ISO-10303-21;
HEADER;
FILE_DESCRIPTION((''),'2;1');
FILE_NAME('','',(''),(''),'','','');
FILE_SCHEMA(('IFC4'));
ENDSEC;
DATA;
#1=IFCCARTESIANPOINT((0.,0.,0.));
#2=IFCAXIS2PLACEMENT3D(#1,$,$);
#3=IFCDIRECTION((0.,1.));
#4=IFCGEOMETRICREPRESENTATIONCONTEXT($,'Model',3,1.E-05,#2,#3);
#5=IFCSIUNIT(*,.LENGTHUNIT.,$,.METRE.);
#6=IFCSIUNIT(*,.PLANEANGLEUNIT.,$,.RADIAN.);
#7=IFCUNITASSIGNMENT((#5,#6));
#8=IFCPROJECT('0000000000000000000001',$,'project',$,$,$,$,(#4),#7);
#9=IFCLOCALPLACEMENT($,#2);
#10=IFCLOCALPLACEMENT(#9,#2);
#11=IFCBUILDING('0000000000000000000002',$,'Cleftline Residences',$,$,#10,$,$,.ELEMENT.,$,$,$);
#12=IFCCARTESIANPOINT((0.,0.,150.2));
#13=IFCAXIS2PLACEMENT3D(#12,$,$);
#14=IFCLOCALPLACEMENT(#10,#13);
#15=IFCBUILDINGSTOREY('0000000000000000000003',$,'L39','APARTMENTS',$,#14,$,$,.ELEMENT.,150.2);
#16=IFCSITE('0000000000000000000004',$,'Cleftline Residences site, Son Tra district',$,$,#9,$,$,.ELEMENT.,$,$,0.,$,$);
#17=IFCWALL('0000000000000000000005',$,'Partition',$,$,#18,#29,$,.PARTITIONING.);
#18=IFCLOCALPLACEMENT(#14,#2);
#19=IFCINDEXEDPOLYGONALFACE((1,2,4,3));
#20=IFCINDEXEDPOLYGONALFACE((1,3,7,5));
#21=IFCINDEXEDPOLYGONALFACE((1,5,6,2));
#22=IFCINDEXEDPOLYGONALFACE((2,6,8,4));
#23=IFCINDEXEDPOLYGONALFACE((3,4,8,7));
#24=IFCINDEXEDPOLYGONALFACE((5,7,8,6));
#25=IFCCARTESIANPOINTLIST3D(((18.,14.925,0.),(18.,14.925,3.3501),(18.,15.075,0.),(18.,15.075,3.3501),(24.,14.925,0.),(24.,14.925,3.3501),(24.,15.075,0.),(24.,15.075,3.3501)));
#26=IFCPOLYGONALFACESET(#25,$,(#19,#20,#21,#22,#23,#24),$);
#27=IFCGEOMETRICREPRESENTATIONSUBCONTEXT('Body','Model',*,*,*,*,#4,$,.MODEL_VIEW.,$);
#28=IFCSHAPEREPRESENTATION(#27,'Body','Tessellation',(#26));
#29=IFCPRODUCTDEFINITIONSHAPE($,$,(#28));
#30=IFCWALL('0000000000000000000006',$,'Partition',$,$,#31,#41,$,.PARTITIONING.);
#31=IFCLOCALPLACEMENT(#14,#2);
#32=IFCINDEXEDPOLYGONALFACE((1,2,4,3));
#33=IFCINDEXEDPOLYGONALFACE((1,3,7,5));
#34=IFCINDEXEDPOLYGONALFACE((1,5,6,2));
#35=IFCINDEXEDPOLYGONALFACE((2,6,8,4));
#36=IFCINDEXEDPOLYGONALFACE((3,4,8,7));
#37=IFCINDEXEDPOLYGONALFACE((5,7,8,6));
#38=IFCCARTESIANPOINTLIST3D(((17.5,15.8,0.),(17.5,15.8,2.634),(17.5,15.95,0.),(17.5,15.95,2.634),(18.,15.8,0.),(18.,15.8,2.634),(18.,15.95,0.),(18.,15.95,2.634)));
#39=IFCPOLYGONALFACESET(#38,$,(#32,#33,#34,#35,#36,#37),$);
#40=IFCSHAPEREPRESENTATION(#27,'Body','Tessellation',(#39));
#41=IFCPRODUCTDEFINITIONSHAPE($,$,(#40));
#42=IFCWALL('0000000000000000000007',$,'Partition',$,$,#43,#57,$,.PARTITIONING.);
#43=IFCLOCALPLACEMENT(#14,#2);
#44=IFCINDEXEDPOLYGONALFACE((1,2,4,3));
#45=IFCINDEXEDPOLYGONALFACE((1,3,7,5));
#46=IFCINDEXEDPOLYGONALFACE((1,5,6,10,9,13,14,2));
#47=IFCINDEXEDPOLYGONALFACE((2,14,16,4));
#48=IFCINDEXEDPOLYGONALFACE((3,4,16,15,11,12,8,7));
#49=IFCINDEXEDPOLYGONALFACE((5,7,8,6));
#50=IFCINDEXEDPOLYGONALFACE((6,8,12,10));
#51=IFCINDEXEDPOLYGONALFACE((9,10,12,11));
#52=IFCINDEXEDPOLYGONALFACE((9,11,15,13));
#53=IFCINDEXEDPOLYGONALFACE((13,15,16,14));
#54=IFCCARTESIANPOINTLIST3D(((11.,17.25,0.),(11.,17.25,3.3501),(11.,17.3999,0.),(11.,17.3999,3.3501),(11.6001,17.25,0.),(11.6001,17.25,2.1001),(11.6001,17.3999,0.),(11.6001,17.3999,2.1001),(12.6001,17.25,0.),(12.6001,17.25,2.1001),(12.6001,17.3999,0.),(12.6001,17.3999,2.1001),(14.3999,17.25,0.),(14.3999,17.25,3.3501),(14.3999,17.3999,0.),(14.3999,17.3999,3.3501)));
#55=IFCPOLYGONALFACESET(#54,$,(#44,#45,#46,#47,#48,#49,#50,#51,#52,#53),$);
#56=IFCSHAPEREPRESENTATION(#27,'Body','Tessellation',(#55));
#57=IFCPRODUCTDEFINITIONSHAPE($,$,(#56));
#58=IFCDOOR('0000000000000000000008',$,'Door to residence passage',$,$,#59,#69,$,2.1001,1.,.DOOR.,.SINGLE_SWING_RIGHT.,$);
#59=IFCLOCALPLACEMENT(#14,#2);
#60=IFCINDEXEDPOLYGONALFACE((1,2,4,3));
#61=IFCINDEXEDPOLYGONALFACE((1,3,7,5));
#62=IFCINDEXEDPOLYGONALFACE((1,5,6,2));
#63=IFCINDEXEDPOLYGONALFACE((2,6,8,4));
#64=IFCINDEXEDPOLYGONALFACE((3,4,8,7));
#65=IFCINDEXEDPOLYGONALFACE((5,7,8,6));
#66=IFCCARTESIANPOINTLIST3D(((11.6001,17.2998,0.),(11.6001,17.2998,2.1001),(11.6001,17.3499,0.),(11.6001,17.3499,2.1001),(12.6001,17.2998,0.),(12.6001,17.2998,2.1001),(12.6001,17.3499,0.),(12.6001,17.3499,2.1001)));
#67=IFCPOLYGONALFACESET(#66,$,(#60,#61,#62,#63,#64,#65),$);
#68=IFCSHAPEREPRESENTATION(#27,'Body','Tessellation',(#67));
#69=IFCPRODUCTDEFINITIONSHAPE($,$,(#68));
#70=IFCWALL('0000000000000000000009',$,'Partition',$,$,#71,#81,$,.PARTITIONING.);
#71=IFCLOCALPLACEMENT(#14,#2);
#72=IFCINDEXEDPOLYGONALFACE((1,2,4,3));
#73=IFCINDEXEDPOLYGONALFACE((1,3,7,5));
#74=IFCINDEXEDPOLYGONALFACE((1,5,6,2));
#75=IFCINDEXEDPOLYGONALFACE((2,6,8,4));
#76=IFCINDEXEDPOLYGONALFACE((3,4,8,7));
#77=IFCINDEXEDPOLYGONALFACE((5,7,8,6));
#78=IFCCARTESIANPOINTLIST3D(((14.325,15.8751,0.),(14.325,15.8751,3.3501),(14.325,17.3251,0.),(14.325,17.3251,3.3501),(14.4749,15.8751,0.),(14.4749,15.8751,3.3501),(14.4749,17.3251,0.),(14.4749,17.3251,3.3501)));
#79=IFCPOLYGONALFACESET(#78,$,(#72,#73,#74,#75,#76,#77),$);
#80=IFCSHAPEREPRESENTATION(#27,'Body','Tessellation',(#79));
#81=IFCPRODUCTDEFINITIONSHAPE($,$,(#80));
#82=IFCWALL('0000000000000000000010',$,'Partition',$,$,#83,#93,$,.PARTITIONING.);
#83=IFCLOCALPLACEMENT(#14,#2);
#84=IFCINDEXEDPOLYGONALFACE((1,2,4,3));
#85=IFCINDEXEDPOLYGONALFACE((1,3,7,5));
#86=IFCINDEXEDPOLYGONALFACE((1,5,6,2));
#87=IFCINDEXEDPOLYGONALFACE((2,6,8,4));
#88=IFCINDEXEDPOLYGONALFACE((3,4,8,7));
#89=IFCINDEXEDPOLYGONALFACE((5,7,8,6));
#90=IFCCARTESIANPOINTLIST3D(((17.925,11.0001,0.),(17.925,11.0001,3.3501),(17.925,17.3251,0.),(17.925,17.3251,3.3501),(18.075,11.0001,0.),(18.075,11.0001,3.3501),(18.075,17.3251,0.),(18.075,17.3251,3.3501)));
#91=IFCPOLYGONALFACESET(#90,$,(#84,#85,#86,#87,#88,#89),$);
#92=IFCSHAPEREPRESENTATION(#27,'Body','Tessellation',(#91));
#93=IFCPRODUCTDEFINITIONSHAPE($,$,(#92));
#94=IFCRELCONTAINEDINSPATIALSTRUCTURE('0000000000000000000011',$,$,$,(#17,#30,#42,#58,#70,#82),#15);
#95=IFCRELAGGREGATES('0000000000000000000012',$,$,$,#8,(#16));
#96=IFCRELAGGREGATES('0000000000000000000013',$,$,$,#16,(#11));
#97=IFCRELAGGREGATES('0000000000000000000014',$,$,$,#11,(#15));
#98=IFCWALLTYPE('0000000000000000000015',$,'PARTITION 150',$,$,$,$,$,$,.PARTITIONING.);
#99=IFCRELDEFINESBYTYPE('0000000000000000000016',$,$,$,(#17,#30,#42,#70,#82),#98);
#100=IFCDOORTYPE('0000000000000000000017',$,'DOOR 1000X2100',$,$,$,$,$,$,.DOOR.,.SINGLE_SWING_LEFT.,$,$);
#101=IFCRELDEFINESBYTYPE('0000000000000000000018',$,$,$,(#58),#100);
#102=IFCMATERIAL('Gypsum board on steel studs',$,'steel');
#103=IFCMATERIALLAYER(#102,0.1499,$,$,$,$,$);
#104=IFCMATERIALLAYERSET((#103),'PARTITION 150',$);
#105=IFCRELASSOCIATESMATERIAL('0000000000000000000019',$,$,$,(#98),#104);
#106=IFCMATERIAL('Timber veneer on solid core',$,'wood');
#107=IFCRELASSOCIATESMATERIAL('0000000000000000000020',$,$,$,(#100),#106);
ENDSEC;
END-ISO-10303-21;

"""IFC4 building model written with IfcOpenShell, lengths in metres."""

from ifc_helpers import new_model, si_unit, direction, frame, frame_2d, origin, place, context, subcontext, project, spatial, rectangle, extrude, material, layer, layer_set, type_object, element, fill, save


model = new_model("IFC4")

# Units and contexts
model_context = context("Model", 3, precision=1e-05, world=origin(), true_north=direction((0.0, 1.0)))
body_context = subcontext(model_context, "Body", "Model", "MODEL_VIEW")
ifc_project = project(units=[si_unit("LENGTHUNIT", "METRE"), si_unit("PLANEANGLEUNIT", "RADIAN")], contexts=[model_context])

# Site, building, storey
site_placement = place(None, origin())
site = spatial("IfcSite", under=ifc_project, at=site_placement, Name="Cleftline Residences site, Son Tra district", CompositionType="ELEMENT", RefElevation=0.0)
building_placement = place(site_placement, origin())
building = spatial("IfcBuilding", under=site, at=building_placement, Name="Cleftline Residences", CompositionType="ELEMENT")
storey_placement = place(building_placement, frame((0.0, 0.0, 150.2)))
storey = spatial("IfcBuildingStorey", under=building, at=storey_placement, Name="L39", Description="APARTMENTS", CompositionType="ELEMENT", Elevation=150.2)

# Walls
ifc_material_1 = material(Name="Gypsum board on steel studs", Category="steel")
ifc_layer_1 = layer(ifc_material_1, 0.1499)
ifc_layer_set_1 = layer_set([ifc_layer_1], Name="PARTITION 150")
wall_type_1 = type_object("IfcWallType", Name="PARTITION 150", PredefinedType="PARTITIONING", material=ifc_layer_set_1)
wall_1_placement = place(storey_placement, frame((18.0, 15.0, 0.0), z_axis=(0.0, 0.0, 1.0), x_axis=(1.0, 0.0, 0.0)))
element("IfcWall", 1, at=wall_1_placement, inside=storey, type_object=wall_type_1, Name="Partition", PredefinedType="PARTITIONING", context=body_context, shape_type="SweptSolid", body=[
    extrude(rectangle(XDim=6.0, YDim=0.1499, at=frame_2d((3.0, 0.0))), origin(), (0.0, 0.0, 1.0), 3.3501),
])
wall_2_placement = place(storey_placement, frame((17.5, 15.875, 0.0), z_axis=(0.0, 0.0, 1.0), x_axis=(1.0, 0.0, 0.0)))
element("IfcWall", 2, at=wall_2_placement, inside=storey, type_object=wall_type_1, Name="Partition", PredefinedType="PARTITIONING", context=body_context, shape_type="SweptSolid", body=[
    extrude(rectangle(XDim=0.5, YDim=0.1499, at=frame_2d((0.25, 0.0))), origin(), (0.0, 0.0, 1.0), 2.634),
])

# Wall, opening, door
wall_3_placement = place(storey_placement, frame((11.0, 17.325, 0.0), z_axis=(0.0, 0.0, 1.0), x_axis=(1.0, 0.0, 0.0)))
wall_3 = element("IfcWall", 3, at=wall_3_placement, inside=storey, type_object=wall_type_1, Name="Partition", PredefinedType="PARTITIONING", context=body_context, shape_type="SweptSolid", body=[
    extrude(rectangle(XDim=3.3999, YDim=0.1499, at=frame_2d((1.7, 0.0))), origin(), (0.0, 0.0, 1.0), 3.3501),
])
opening_1_placement = place(wall_3_placement, frame((0.6001, 0.0, 0.0)))
opening_1 = element("IfcOpeningElement", 4, at=opening_1_placement, cuts=wall_3, PredefinedType="OPENING", context=body_context, shape_type="SweptSolid", body=[
    extrude(rectangle(XDim=1.0, YDim=2.1001, at=frame_2d((0.5, 1.05))), frame((0.0, 0.085, 0.0), z_axis=(0.0, -1.0, 0.0), x_axis=(1.0, 0.0, 0.0)), (0.0, 0.0, 1.0), 0.1699),
])
ifc_material_2 = material(Name="Timber veneer on solid core", Category="wood")
door_type_1 = type_object("IfcDoorType", Name="DOOR 1000X2100", OperationType="SINGLE_SWING_LEFT", PredefinedType="DOOR", material=ifc_material_2)
door_1_placement = place(opening_1_placement, origin())
door_1 = element("IfcDoor", 5, at=door_1_placement, inside=storey, type_object=door_type_1, Name="Door to residence passage", OperationType="SINGLE_SWING_RIGHT", OverallHeight=2.1001, OverallWidth=1.0, PredefinedType="DOOR", context=body_context, shape_type="SweptSolid", body=[
    extrude(rectangle(XDim=1.0, YDim=2.1001, at=frame_2d((0.5, 1.05))), frame((0.0, 0.0249, 0.0), z_axis=(0.0, -1.0, 0.0), x_axis=(1.0, 0.0, 0.0)), (0.0, 0.0, 1.0), 0.05),
])
fill(opening_1, door_1)

# Walls
wall_4_placement = place(storey_placement, frame((14.3999, 15.875, 0.0), z_axis=(0.0, 0.0, 1.0), x_axis=(0.0, 1.0, 0.0)))
element("IfcWall", 6, at=wall_4_placement, inside=storey, type_object=wall_type_1, Name="Partition", PredefinedType="PARTITIONING", context=body_context, shape_type="SweptSolid", body=[
    extrude(rectangle(XDim=1.45, YDim=0.1499, at=frame_2d((0.7251, 0.0))), origin(), (0.0, 0.0, 1.0), 3.3501),
])
wall_5_placement = place(storey_placement, frame((18.0, 11.0, 0.0), z_axis=(0.0, 0.0, 1.0), x_axis=(0.0, 1.0, 0.0)))
element("IfcWall", 7, at=wall_5_placement, inside=storey, type_object=wall_type_1, Name="Partition", PredefinedType="PARTITIONING", context=body_context, shape_type="SweptSolid", body=[
    extrude(rectangle(XDim=6.325, YDim=0.1499, at=frame_2d((3.1626, 0.0))), origin(), (0.0, 0.0, 1.0), 3.3501),
])

save(model, "model.ifc")
